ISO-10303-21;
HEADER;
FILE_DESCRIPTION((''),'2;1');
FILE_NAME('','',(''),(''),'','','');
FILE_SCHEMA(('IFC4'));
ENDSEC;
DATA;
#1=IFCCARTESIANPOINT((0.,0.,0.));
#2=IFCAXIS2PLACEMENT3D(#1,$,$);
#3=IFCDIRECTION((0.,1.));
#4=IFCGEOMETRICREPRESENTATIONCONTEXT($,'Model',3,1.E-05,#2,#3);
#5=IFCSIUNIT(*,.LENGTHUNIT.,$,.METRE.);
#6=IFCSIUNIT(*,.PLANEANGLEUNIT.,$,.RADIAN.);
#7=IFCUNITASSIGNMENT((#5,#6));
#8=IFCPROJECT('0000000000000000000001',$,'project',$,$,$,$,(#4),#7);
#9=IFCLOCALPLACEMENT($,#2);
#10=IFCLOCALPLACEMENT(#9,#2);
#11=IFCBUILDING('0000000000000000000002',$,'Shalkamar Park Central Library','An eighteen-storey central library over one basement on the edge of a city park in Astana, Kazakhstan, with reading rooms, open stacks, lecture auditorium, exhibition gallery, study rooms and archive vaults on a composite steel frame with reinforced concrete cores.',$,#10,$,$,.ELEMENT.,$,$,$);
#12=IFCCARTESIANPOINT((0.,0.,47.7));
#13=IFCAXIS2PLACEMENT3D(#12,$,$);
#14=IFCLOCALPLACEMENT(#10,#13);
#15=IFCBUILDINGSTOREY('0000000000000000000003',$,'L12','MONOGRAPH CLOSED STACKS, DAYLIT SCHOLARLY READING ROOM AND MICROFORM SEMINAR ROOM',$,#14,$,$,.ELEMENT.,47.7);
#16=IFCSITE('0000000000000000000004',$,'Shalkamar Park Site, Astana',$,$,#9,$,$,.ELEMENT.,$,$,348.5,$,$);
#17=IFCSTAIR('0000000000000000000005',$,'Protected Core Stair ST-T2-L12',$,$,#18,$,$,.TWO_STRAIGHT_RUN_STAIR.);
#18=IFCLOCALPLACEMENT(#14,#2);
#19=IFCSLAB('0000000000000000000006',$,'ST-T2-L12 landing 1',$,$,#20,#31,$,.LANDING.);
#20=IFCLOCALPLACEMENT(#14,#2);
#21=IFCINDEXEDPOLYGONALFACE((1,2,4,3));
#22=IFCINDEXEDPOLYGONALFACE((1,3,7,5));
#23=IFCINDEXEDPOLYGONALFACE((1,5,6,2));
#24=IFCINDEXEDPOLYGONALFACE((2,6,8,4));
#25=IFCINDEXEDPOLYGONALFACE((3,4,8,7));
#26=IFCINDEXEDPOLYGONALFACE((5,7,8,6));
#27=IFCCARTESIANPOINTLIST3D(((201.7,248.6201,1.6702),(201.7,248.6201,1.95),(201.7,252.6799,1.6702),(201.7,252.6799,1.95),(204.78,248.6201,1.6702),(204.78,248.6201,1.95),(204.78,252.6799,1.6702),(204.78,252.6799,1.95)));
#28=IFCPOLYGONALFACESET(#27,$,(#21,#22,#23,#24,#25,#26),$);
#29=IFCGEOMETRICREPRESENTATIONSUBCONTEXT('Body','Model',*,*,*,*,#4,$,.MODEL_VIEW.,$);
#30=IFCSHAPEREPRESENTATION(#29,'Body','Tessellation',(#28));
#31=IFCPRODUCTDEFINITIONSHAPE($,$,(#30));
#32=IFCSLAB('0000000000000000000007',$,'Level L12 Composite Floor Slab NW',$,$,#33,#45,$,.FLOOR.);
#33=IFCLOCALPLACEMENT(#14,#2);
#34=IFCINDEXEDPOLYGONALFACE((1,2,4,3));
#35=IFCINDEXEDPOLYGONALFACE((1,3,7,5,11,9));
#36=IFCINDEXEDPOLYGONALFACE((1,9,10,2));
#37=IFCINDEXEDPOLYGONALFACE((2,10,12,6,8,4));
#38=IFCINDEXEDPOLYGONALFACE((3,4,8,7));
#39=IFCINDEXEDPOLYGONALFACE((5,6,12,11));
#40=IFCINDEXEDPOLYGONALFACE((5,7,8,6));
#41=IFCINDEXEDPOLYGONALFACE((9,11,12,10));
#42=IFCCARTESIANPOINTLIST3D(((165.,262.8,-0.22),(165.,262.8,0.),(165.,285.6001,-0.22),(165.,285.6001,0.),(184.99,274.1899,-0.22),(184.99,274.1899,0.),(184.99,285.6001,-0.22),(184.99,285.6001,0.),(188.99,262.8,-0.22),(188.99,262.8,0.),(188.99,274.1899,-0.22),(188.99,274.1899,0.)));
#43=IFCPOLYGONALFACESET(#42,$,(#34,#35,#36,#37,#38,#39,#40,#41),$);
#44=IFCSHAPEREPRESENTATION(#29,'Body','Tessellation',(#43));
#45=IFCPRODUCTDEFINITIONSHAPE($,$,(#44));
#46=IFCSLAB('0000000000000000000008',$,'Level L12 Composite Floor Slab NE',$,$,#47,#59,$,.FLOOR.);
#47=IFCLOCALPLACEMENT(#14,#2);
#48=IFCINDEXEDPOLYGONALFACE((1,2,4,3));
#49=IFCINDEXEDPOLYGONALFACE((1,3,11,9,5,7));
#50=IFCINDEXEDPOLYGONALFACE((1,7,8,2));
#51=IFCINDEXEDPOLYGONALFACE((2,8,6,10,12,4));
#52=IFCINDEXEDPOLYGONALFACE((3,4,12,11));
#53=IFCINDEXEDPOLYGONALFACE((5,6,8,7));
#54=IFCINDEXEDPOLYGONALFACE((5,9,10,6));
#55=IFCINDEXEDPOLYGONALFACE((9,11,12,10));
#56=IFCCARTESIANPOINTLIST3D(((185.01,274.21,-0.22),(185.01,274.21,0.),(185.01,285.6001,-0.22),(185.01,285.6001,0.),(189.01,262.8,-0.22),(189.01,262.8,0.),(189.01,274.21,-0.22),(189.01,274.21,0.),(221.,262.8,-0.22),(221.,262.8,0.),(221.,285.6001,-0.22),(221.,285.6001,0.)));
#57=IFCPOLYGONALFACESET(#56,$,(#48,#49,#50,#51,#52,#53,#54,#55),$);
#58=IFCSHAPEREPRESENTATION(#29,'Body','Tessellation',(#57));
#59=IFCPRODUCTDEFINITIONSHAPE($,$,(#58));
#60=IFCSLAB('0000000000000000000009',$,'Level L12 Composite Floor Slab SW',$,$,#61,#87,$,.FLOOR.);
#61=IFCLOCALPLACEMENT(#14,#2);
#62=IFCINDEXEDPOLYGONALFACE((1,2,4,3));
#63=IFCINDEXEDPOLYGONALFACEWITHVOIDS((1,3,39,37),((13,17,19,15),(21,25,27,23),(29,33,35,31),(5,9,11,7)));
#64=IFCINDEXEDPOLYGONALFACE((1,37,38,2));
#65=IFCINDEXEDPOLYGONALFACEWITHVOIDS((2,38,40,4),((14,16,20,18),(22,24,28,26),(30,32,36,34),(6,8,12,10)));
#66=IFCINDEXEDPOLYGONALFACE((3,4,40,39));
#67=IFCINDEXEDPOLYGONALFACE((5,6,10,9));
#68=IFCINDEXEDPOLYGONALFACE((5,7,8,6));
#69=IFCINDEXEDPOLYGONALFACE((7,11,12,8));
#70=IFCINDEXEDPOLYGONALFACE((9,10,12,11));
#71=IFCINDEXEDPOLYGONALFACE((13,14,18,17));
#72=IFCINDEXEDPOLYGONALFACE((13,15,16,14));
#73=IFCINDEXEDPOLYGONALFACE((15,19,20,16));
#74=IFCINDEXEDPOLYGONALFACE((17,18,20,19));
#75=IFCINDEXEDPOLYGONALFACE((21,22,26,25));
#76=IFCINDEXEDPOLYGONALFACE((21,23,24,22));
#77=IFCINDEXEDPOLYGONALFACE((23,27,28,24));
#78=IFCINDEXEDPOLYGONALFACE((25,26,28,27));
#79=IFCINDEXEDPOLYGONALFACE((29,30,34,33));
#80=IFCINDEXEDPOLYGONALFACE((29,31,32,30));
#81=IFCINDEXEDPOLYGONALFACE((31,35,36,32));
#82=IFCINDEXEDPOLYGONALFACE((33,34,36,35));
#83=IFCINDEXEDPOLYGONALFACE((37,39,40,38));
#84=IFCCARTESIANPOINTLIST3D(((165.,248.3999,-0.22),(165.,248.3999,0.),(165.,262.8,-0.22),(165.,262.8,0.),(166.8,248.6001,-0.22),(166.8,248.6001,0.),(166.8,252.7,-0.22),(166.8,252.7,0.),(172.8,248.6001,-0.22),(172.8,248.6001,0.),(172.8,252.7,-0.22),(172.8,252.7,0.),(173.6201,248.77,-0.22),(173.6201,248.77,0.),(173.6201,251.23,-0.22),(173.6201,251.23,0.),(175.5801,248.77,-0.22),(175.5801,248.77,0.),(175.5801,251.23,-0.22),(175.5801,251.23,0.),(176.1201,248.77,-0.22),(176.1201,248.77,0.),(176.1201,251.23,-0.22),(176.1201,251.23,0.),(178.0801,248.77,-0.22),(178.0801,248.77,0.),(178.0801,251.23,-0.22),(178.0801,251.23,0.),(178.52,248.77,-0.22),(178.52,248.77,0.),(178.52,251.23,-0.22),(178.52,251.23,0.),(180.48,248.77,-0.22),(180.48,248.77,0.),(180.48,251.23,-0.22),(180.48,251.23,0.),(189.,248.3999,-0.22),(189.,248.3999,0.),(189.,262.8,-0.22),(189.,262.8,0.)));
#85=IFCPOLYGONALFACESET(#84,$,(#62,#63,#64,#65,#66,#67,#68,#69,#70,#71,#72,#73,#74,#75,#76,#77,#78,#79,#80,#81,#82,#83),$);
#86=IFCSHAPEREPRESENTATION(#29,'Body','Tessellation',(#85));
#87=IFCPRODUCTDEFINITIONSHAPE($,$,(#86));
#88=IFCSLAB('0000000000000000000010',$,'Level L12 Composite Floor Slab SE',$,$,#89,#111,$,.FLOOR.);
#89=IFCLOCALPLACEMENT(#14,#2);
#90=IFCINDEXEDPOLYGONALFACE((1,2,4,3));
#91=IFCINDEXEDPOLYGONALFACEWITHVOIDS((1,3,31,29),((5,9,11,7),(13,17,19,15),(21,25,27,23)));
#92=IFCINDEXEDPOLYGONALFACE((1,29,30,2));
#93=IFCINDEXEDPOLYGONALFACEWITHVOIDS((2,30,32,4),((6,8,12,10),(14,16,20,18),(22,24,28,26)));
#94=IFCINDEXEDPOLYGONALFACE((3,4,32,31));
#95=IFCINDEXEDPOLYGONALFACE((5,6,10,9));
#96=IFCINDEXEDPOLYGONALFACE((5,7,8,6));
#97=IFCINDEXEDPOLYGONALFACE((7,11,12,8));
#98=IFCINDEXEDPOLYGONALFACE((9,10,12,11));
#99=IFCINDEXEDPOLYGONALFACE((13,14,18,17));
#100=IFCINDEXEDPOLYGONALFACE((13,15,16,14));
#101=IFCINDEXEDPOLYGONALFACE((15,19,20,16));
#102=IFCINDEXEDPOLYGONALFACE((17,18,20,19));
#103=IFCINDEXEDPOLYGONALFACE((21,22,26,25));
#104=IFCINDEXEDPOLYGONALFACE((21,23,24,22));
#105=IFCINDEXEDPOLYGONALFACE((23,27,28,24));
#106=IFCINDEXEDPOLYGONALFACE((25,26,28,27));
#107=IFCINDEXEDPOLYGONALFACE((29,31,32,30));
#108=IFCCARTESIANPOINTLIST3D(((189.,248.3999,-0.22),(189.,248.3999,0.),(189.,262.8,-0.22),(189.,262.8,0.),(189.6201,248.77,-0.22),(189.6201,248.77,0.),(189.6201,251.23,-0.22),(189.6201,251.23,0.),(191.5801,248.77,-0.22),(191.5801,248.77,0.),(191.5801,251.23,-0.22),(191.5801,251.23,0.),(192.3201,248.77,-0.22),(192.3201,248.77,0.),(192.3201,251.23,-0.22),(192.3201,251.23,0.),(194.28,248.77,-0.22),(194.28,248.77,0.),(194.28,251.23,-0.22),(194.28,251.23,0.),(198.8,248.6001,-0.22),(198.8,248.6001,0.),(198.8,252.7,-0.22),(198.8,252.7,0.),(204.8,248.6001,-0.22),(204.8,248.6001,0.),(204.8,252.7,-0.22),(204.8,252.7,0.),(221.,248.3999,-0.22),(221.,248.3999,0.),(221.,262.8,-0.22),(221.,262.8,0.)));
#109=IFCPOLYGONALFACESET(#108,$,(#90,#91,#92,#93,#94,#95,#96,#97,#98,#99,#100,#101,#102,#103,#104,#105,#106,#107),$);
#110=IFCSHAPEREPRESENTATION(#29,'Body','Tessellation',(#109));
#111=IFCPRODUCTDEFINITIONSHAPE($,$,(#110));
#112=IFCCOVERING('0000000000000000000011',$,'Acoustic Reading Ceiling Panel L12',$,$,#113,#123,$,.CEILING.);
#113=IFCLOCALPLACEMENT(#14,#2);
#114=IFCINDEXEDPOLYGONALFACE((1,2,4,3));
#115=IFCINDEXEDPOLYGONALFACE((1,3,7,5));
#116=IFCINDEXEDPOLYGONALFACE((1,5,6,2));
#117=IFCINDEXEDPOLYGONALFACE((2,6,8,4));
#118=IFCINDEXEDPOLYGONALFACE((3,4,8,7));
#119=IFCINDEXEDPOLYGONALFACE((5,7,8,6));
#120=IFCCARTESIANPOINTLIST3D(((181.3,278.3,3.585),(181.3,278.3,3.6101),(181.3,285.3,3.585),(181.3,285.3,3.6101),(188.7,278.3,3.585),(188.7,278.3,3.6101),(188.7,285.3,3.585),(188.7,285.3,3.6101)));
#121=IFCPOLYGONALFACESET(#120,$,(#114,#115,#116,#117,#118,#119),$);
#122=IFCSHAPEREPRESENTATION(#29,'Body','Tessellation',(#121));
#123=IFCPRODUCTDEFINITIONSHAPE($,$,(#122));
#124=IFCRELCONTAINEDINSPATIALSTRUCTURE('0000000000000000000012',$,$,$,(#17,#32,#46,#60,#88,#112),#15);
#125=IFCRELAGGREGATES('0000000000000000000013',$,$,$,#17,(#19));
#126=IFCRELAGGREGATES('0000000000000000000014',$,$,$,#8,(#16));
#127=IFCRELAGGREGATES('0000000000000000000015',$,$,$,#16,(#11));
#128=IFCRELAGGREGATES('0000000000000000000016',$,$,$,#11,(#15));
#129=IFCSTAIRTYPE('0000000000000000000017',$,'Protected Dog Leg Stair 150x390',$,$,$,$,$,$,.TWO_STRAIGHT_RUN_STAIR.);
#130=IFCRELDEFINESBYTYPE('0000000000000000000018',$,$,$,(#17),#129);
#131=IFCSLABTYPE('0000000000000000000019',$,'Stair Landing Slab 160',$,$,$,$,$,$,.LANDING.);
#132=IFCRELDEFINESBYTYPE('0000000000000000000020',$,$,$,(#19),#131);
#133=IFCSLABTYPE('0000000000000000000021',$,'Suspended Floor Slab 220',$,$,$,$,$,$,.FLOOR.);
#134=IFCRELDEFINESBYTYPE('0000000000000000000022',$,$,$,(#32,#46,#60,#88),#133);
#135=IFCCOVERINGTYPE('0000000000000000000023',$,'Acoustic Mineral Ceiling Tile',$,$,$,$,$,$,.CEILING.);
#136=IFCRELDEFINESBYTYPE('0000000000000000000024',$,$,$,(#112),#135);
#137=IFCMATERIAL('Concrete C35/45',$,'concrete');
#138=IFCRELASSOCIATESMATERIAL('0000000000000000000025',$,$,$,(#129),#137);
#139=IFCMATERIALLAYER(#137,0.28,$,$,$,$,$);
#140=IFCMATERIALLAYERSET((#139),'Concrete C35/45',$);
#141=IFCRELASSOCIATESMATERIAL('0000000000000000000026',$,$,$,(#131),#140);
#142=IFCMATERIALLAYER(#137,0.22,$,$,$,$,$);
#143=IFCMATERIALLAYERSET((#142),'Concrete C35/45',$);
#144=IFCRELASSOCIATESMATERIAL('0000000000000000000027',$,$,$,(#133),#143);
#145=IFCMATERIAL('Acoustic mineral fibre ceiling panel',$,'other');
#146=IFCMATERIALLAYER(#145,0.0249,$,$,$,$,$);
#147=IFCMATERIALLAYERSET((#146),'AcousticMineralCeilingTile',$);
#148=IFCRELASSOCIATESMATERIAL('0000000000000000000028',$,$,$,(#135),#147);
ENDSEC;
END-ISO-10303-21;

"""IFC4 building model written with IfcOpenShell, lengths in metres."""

from ifc_helpers import new_model, si_unit, direction, frame, origin, place, context, subcontext, project, spatial, polyline, outline, extrude, material, layer, layer_set, type_object, element, aggregate, save


model = new_model("IFC4")

# Units and contexts
model_context = context("Model", 3, precision=1e-05, world=origin(), true_north=direction((0.0, 1.0)))
body_context = subcontext(model_context, "Body", "Model", "MODEL_VIEW")
ifc_project = project(units=[si_unit("LENGTHUNIT", "METRE"), si_unit("PLANEANGLEUNIT", "RADIAN")], contexts=[model_context])

# Site, building, storey
site_placement = place(None, origin())
site = spatial("IfcSite", under=ifc_project, at=site_placement, Name="Shalkamar Park Site, Astana", CompositionType="ELEMENT", RefElevation=348.5)
building_placement = place(site_placement, origin())
building = spatial("IfcBuilding", under=site, at=building_placement, Name="Shalkamar Park Central Library", Description="An eighteen-storey central library over one basement on the edge of a city park in Astana, Kazakhstan, with reading rooms, open stacks, lecture auditorium, exhibition gallery, study rooms and archive vaults on a composite steel frame with reinforced concrete cores.", CompositionType="ELEMENT")
storey_placement = place(building_placement, frame((0.0, 0.0, 47.7)))
storey = spatial("IfcBuildingStorey", under=building, at=storey_placement, Name="L12", Description="MONOGRAPH CLOSED STACKS, DAYLIT SCHOLARLY READING ROOM AND MICROFORM SEMINAR ROOM", CompositionType="ELEMENT", Elevation=47.7)

# Stair, slab
ifc_material_1 = material(Name="Concrete C35/45", Category="concrete")
stair_type = type_object("IfcStairType", Name="Protected Dog Leg Stair 150x390", PredefinedType="TWO_STRAIGHT_RUN_STAIR", material=ifc_material_1)
ifc_layer_1 = layer(ifc_material_1, 0.28)
ifc_layer_set_1 = layer_set([ifc_layer_1], Name="Concrete C35/45")
slab_type_1 = type_object("IfcSlabType", Name="Stair Landing Slab 160", PredefinedType="LANDING", material=ifc_layer_set_1)
stair_1_placement = place(storey_placement, origin())
stair_1 = element("IfcStair", 1, at=stair_1_placement, inside=storey, type_object=stair_type, Name="Protected Core Stair ST-T2-L12", PredefinedType="TWO_STRAIGHT_RUN_STAIR")
slab_1_placement = place(storey_placement, frame((0.0, 0.0, 1.6702)))
slab_1 = element("IfcSlab", 2, at=slab_1_placement, type_object=slab_type_1, Name="ST-T2-L12 landing 1", PredefinedType="LANDING", context=body_context, shape_type="SweptSolid", body=[
    extrude(outline(polyline([(201.7, 248.6201), (204.78, 248.6201), (204.78, 252.6799), (201.7, 252.6799), (201.7, 248.6201)])), origin(), (0.0, 0.0, 1.0), 0.2798),
])
aggregate(stair_1, [slab_1])

# Slabs
ifc_layer_2 = layer(ifc_material_1, 0.22)
ifc_layer_set_2 = layer_set([ifc_layer_2], Name="Concrete C35/45")
slab_type_2 = type_object("IfcSlabType", Name="Suspended Floor Slab 220", PredefinedType="FLOOR", material=ifc_layer_set_2)
slab_2_placement = place(storey_placement, frame((0.0, 0.0, -0.22)))
element("IfcSlab", 3, at=slab_2_placement, inside=storey, type_object=slab_type_2, Name="Level L12 Composite Floor Slab NW", PredefinedType="FLOOR", context=body_context, shape_type="SweptSolid", body=[
    extrude(outline(polyline([(165.0, 262.8), (188.99, 262.8), (188.99, 274.1899), (184.99, 274.1899), (184.99, 285.6001), (165.0, 285.6001), (165.0, 262.8)])), origin(), (0.0, 0.0, 1.0), 0.22),
])
slab_3_placement = place(storey_placement, frame((0.0, 0.0, -0.22)))
element("IfcSlab", 4, at=slab_3_placement, inside=storey, type_object=slab_type_2, Name="Level L12 Composite Floor Slab NE", PredefinedType="FLOOR", context=body_context, shape_type="SweptSolid", body=[
    extrude(outline(polyline([(189.01, 262.8), (221.0, 262.8), (221.0, 285.6001), (185.01, 285.6001), (185.01, 274.21), (189.01, 274.21), (189.01, 262.8)])), origin(), (0.0, 0.0, 1.0), 0.22),
])
slab_4_placement = place(storey_placement, frame((0.0, 0.0, -0.22)))
element("IfcSlab", 5, at=slab_4_placement, inside=storey, type_object=slab_type_2, Name="Level L12 Composite Floor Slab SW", PredefinedType="FLOOR", context=body_context, shape_type="SweptSolid", body=[
    extrude(outline(polyline([(165.0, 248.3999), (165.0, 262.8), (189.0, 262.8), (189.0, 248.3999), (165.0, 248.3999)]), holes=[polyline([(173.6201, 248.77), (175.5801, 248.77), (175.5801, 251.23), (173.6201, 251.23), (173.6201, 248.77)]), polyline([(176.1201, 251.23), (176.1201, 248.77), (178.0801, 248.77), (178.0801, 251.23), (176.1201, 251.23)]), polyline([(178.52, 251.23), (178.52, 248.77), (180.48, 248.77), (180.48, 251.23), (178.52, 251.23)]), polyline([(166.8, 252.7), (166.8, 248.6001), (172.8, 248.6001), (172.8, 252.7), (166.8, 252.7)])]), origin(), (0.0, 0.0, 1.0), 0.22),
])
slab_5_placement = place(storey_placement, frame((0.0, 0.0, -0.22)))
element("IfcSlab", 6, at=slab_5_placement, inside=storey, type_object=slab_type_2, Name="Level L12 Composite Floor Slab SE", PredefinedType="FLOOR", context=body_context, shape_type="SweptSolid", body=[
    extrude(outline(polyline([(189.0, 248.3999), (189.0, 262.8), (221.0, 262.8), (221.0, 248.3999), (189.0, 248.3999)]), holes=[polyline([(189.6201, 251.23), (189.6201, 248.77), (191.5801, 248.77), (191.5801, 251.23), (189.6201, 251.23)]), polyline([(192.3201, 251.23), (192.3201, 248.77), (194.28, 248.77), (194.28, 251.23), (192.3201, 251.23)]), polyline([(198.8, 252.7), (198.8, 248.6001), (204.8, 248.6001), (204.8, 252.7), (198.8, 252.7)])]), origin(), (0.0, 0.0, 1.0), 0.22),
])

# Covering
ifc_material_2 = material(Name="Acoustic mineral fibre ceiling panel", Category="other")
ifc_layer_3 = layer(ifc_material_2, 0.0249)
ifc_layer_set_3 = layer_set([ifc_layer_3], Name="AcousticMineralCeilingTile")
covering_type = type_object("IfcCoveringType", Name="Acoustic Mineral Ceiling Tile", PredefinedType="CEILING", material=ifc_layer_set_3)
covering_placement = place(storey_placement, frame((0.0, 0.0, 3.585)))
element("IfcCovering", 7, at=covering_placement, inside=storey, type_object=covering_type, Name="Acoustic Reading Ceiling Panel L12", PredefinedType="CEILING", context=body_context, shape_type="SweptSolid", body=[
    extrude(outline(polyline([(181.3, 278.3), (188.7, 278.3), (188.7, 285.3), (181.3, 285.3), (181.3, 278.3)])), origin(), (0.0, 0.0, 1.0), 0.0251),
])

save(model, "model.ifc")
